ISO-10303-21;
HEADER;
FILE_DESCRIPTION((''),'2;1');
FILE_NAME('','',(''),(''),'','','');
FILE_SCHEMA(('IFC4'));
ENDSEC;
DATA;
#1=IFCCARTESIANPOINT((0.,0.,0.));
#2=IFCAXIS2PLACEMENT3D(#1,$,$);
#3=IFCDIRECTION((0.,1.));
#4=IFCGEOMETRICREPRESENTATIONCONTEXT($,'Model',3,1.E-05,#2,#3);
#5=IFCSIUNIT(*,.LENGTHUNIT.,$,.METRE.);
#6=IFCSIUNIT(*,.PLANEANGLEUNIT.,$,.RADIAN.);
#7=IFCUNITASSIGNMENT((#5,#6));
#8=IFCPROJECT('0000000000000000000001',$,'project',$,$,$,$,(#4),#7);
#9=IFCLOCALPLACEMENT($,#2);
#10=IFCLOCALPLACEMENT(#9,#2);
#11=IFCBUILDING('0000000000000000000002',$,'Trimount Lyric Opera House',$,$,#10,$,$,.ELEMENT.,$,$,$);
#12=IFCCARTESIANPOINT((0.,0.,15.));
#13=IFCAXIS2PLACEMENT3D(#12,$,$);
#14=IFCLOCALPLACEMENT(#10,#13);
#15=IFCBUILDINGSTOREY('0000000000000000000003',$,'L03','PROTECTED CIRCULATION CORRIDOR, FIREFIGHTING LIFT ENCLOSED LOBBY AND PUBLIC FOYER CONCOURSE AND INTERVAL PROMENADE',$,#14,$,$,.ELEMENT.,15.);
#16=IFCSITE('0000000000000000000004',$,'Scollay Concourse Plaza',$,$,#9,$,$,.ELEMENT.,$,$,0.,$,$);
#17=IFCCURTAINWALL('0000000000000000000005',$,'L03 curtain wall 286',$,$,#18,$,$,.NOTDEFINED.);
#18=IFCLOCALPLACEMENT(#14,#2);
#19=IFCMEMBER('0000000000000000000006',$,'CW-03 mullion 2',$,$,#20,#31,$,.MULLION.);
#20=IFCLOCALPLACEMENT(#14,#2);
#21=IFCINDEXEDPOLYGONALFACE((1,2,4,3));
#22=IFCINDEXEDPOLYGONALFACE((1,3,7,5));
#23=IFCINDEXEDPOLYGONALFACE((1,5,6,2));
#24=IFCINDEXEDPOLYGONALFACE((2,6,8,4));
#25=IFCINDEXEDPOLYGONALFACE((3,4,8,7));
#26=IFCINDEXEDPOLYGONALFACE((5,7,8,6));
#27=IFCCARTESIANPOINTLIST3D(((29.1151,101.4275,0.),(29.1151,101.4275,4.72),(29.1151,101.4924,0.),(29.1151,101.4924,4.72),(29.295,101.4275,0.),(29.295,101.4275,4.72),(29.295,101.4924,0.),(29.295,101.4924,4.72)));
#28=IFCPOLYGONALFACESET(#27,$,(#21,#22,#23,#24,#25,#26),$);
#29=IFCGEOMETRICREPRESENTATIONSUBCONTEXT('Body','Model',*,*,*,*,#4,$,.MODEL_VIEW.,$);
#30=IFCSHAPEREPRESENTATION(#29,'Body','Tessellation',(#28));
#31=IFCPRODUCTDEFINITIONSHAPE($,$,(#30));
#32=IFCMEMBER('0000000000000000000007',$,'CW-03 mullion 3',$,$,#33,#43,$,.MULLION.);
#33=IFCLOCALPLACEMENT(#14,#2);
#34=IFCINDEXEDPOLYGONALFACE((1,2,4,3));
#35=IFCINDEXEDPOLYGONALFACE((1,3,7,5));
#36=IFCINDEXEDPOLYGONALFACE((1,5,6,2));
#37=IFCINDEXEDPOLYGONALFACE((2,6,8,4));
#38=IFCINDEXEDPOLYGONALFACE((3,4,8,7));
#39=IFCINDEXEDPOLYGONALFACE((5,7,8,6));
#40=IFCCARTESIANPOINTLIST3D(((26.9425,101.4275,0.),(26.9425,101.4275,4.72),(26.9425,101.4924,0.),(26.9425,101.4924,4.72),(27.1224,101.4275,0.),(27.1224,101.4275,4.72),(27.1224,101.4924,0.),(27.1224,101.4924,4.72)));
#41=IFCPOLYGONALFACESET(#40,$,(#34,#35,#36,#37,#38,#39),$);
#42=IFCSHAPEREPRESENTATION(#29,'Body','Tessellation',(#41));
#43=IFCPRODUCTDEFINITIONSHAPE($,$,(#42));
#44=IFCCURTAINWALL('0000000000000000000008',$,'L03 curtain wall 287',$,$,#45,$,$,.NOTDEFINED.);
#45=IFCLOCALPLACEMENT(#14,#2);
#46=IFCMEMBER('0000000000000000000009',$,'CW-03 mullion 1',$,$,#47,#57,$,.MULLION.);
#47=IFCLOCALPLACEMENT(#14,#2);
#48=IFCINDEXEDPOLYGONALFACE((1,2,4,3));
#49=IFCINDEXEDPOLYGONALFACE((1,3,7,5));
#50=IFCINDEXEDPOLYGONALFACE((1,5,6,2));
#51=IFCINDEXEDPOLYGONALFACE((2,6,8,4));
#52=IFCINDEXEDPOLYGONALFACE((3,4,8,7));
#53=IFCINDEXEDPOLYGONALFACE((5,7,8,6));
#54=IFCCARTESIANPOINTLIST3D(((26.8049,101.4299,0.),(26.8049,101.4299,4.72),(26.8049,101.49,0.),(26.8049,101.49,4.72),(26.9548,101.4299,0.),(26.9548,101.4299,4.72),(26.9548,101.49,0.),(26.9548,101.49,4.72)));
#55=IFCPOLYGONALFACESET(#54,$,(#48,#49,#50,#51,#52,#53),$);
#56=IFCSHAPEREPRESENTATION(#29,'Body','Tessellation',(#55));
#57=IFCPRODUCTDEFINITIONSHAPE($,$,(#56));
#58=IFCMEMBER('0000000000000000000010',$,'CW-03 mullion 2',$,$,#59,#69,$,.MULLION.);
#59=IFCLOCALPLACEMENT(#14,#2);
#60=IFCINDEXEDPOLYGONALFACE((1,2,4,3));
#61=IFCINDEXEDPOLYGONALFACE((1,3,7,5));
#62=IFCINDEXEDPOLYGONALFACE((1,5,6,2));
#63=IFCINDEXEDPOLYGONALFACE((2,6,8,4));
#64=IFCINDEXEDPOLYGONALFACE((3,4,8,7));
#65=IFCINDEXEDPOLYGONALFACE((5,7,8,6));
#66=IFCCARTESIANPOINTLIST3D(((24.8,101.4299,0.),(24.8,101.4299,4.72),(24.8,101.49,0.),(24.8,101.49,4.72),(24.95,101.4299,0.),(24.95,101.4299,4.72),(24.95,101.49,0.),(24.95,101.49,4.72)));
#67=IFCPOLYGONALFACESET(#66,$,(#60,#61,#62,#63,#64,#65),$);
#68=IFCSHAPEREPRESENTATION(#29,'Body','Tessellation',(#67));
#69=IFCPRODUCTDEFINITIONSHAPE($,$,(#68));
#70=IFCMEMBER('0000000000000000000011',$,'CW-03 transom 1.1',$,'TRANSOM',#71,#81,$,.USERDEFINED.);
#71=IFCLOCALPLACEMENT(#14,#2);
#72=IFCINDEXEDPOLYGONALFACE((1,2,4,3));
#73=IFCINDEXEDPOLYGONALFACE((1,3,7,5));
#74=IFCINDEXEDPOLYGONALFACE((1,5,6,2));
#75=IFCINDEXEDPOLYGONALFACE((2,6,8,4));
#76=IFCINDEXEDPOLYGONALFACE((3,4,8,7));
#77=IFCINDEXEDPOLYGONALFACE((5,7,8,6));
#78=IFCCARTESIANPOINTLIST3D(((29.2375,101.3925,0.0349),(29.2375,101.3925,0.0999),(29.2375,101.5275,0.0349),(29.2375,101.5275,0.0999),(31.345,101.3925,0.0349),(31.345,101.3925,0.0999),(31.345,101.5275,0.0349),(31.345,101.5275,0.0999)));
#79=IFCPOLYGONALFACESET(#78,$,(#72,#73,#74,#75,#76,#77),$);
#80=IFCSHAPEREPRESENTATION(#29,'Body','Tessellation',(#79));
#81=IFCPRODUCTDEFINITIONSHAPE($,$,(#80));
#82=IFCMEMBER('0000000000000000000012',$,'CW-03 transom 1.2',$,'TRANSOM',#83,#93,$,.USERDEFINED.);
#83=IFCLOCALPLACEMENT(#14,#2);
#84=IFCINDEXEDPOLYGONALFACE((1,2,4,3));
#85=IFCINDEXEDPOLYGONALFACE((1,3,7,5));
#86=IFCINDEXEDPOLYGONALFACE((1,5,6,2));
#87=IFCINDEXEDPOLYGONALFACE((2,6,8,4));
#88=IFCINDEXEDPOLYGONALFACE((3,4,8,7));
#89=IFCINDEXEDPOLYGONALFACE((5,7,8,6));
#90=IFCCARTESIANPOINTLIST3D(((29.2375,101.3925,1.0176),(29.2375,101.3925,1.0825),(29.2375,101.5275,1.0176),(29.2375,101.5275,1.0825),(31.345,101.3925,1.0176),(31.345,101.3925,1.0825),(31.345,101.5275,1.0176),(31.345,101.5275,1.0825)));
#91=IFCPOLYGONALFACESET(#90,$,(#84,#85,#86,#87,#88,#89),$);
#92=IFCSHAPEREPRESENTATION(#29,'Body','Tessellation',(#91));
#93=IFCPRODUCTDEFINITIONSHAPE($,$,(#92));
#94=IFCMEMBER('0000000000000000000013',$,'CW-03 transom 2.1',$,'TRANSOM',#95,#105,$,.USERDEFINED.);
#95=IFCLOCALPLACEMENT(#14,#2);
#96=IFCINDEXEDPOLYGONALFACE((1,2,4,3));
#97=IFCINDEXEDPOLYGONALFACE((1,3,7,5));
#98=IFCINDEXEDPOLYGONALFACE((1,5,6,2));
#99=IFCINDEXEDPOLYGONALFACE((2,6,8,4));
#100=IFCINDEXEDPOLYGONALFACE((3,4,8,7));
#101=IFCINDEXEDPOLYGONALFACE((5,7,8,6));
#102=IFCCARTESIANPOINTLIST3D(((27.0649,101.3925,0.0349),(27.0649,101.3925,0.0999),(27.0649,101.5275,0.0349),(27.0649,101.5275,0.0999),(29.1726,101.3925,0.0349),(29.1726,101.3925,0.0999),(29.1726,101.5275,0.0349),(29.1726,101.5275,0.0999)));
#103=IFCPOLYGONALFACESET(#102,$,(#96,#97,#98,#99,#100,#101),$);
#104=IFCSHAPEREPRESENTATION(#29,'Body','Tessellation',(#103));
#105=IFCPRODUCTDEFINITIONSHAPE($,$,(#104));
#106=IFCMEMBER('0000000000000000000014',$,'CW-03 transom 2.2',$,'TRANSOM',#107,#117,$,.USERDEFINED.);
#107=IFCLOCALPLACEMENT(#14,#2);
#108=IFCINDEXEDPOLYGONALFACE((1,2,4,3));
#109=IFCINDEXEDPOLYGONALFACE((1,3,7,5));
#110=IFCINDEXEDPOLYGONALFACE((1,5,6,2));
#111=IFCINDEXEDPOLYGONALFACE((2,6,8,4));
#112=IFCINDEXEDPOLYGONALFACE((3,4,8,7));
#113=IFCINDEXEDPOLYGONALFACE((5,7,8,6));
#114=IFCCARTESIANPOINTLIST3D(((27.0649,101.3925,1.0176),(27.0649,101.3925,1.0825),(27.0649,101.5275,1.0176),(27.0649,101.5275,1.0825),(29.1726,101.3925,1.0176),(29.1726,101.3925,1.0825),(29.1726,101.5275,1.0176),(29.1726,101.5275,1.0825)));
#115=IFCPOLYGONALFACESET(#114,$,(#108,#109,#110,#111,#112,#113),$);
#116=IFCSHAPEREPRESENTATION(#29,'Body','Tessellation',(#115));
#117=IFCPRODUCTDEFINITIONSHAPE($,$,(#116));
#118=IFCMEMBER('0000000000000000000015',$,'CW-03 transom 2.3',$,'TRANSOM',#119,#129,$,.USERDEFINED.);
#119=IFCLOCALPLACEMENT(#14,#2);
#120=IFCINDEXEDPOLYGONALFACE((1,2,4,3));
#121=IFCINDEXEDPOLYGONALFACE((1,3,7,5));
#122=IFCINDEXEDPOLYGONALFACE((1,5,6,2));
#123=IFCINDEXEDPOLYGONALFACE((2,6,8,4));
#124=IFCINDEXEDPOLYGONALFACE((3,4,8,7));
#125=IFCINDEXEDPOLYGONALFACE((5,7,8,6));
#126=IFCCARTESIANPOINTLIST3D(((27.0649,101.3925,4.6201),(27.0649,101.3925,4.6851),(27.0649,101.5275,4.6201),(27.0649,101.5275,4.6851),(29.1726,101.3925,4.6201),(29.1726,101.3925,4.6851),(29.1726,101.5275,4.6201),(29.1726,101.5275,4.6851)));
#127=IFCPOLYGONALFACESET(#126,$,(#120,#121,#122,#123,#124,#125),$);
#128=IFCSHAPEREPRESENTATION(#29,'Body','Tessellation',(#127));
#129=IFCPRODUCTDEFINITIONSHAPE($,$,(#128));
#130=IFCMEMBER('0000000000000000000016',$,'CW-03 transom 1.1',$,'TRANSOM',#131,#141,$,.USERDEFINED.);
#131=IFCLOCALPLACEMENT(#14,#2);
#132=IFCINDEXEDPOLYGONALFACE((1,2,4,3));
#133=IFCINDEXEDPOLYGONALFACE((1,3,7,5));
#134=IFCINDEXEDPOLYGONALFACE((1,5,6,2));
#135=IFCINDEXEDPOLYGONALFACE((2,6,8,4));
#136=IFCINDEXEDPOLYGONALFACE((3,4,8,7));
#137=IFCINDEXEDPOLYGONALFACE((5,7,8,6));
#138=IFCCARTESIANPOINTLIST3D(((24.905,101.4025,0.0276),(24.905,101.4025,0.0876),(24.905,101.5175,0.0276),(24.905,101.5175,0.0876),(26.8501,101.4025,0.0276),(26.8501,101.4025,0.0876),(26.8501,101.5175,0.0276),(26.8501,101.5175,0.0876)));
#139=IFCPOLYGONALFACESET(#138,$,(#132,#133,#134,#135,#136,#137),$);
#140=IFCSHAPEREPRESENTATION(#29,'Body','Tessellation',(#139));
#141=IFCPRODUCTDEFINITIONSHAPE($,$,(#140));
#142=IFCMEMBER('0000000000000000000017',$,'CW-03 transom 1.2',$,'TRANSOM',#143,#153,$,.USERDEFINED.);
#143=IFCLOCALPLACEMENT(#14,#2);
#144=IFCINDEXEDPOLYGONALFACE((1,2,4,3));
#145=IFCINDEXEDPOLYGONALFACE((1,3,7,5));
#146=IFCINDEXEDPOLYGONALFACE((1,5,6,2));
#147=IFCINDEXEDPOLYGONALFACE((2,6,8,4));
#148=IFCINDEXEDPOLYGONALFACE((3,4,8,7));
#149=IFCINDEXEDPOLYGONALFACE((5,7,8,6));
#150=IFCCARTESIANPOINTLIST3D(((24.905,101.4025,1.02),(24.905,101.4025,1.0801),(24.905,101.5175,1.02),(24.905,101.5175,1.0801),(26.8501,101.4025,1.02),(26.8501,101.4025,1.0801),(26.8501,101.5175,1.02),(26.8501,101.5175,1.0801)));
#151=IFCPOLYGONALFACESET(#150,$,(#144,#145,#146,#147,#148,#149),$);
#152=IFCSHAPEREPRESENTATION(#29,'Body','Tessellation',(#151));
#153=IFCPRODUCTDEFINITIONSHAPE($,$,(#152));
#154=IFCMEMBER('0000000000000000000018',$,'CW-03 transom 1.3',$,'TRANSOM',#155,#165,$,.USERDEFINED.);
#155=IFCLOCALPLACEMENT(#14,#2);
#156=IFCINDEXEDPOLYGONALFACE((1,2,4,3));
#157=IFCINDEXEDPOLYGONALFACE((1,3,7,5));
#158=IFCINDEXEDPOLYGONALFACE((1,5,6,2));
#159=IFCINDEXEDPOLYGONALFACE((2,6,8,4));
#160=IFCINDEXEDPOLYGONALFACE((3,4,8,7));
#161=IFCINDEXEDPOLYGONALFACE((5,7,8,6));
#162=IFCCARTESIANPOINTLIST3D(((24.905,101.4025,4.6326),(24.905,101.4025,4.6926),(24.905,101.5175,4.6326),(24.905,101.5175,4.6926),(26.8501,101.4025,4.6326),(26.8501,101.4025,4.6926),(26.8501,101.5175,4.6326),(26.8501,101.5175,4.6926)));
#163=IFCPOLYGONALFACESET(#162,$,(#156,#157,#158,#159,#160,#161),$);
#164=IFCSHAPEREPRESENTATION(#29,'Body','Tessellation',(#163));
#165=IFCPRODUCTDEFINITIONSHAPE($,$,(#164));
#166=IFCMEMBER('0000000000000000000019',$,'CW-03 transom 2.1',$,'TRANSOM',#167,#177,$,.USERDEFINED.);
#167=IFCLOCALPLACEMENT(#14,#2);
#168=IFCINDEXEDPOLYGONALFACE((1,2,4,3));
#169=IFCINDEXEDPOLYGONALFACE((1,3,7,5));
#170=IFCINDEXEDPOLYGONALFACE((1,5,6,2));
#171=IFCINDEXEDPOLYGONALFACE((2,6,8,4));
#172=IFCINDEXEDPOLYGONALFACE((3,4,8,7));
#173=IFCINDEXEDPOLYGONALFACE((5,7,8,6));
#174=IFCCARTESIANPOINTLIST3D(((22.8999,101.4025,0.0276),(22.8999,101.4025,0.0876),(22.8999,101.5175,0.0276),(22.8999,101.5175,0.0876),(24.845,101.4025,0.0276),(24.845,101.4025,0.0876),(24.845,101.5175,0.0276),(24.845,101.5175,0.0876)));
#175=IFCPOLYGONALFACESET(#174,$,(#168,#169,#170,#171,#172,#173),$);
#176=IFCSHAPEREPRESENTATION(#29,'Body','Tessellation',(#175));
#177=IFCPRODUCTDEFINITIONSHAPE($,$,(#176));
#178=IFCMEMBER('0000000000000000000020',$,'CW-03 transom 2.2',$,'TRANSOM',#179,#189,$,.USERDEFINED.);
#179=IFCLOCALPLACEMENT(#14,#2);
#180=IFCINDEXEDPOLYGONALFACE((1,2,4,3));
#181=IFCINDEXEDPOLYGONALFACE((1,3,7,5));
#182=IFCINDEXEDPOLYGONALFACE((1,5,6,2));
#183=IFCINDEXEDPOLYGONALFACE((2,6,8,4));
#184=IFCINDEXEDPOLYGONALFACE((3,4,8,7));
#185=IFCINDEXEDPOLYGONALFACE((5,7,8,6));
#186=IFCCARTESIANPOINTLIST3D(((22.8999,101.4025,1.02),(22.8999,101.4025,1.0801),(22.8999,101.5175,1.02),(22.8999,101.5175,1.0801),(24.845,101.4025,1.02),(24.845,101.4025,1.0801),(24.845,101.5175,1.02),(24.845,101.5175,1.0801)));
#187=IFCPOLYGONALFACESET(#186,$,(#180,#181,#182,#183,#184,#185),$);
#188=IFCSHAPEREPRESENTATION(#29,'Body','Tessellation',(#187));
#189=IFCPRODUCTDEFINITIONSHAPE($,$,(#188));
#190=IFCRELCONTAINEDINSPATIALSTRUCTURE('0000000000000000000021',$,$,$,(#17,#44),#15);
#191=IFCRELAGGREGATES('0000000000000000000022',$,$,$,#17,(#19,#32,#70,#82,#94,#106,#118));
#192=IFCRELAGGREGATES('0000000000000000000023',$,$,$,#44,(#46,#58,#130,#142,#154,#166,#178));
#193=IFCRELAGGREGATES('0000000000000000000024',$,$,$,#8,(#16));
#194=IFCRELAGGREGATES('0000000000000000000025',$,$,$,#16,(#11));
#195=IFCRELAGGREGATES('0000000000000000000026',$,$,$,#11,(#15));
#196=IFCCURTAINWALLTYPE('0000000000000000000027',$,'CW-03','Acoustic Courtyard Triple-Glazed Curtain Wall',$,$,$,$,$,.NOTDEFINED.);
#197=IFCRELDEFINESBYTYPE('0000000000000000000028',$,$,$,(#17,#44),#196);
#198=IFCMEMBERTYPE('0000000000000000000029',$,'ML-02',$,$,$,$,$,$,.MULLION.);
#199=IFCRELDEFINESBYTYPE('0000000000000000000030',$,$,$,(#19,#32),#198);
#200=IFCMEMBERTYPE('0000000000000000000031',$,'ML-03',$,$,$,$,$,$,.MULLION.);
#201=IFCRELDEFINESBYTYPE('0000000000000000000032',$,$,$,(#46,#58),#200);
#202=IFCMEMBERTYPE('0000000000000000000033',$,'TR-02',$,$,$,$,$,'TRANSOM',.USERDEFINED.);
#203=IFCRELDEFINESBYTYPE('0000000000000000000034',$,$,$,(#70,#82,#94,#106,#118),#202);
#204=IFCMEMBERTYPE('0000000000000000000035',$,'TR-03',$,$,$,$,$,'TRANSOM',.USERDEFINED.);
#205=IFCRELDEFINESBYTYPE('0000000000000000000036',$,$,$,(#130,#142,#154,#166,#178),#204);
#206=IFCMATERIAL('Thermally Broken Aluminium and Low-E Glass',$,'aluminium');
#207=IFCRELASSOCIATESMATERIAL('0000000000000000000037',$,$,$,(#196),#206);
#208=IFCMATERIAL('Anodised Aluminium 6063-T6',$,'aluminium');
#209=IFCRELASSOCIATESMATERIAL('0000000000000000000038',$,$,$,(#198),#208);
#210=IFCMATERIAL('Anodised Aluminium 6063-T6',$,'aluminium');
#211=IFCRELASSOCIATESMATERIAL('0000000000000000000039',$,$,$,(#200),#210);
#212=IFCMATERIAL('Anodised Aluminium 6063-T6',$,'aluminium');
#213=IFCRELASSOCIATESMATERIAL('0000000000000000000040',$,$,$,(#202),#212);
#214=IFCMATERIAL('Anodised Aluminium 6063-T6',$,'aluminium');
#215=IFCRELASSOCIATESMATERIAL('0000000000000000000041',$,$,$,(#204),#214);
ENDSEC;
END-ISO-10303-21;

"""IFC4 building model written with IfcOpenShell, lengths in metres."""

from ifc_helpers import new_model, si_unit, direction, frame, origin, origin_2d, place, context, subcontext, project, spatial, rectangle, extrude, material, material_profile, profile_set, type_object, element, aggregate, save


model = new_model("IFC4")

# Units and contexts
model_context = context("Model", 3, precision=1e-05, world=origin(), true_north=direction((0.0, 1.0)))
body_context = subcontext(model_context, "Body", "Model", "MODEL_VIEW")
ifc_project = project(units=[si_unit("LENGTHUNIT", "METRE"), si_unit("PLANEANGLEUNIT", "RADIAN")], contexts=[model_context])

# Site, building, storey
site_placement = place(None, origin())
site = spatial("IfcSite", under=ifc_project, at=site_placement, Name="Scollay Concourse Plaza", CompositionType="ELEMENT", RefElevation=0.0)
building_placement = place(site_placement, origin())
building = spatial("IfcBuilding", under=site, at=building_placement, Name="Trimount Lyric Opera House", CompositionType="ELEMENT")
storey_placement = place(building_placement, frame((0.0, 0.0, 15.0)))
storey = spatial("IfcBuildingStorey", under=building, at=storey_placement, Name="L03", Description="PROTECTED CIRCULATION CORRIDOR, FIREFIGHTING LIFT ENCLOSED LOBBY AND PUBLIC FOYER CONCOURSE AND INTERVAL PROMENADE", CompositionType="ELEMENT", Elevation=15.0)

# Curtain walls, members
ifc_material_1 = material(Name="Thermally Broken Aluminium and Low-E Glass", Category="aluminium")
curtain_wall_type = type_object("IfcCurtainWallType", Name="CW-03", Description="Acoustic Courtyard Triple-Glazed Curtain Wall", PredefinedType="NOTDEFINED", material=ifc_material_1)
curtain_wall_1_placement = place(storey_placement, origin())
curtain_wall_1 = element("IfcCurtainWall", 1, at=curtain_wall_1_placement, inside=storey, type_object=curtain_wall_type, Name="L03 curtain wall 286", PredefinedType="NOTDEFINED")
ifc_material_2 = material(Name="Anodised Aluminium 6063-T6", Category="aluminium")
ifc_material_profile_1 = material_profile(ifc_material_2, rectangle(XDim=0.0649, YDim=0.1799, at=origin_2d()), Name="ALU-MULL-65X180")
ifc_profile_set_1 = profile_set([ifc_material_profile_1], Name="Anodised Aluminium 6063-T6")
member_type_1 = type_object("IfcMemberType", Name="ML-02", PredefinedType="MULLION", material=ifc_profile_set_1)
member_1_placement = place(storey_placement, frame((29.2051, 101.46, 0.0), z_axis=(0.0, 0.0, 1.0), x_axis=(0.0, -1.0, 0.0)))
member_1 = element("IfcMember", 2, at=member_1_placement, type_object=member_type_1, Name="CW-03 mullion 2", PredefinedType="MULLION", context=body_context, shape_type="SweptSolid", body=[
    extrude(rectangle(XDim=0.0649, YDim=0.1799, at=origin_2d()), origin(), (0.0, 0.0, 1.0), 4.72),
])
member_2_placement = place(storey_placement, frame((27.0325, 101.46, 0.0), z_axis=(0.0, 0.0, 1.0), x_axis=(0.0, -1.0, 0.0)))
member_2 = element("IfcMember", 3, at=member_2_placement, type_object=member_type_1, Name="CW-03 mullion 3", PredefinedType="MULLION", context=body_context, shape_type="SweptSolid", body=[
    extrude(rectangle(XDim=0.0649, YDim=0.1799, at=origin_2d()), origin(), (0.0, 0.0, 1.0), 4.72),
])
curtain_wall_2_placement = place(storey_placement, origin())
curtain_wall_2 = element("IfcCurtainWall", 4, at=curtain_wall_2_placement, inside=storey, type_object=curtain_wall_type, Name="L03 curtain wall 287", PredefinedType="NOTDEFINED")
ifc_material_3 = material(Name="Anodised Aluminium 6063-T6", Category="aluminium")
ifc_material_profile_2 = material_profile(ifc_material_3, rectangle(XDim=0.0601, YDim=0.1499, at=origin_2d()), Name="ALU-MULL-60X150")
ifc_profile_set_2 = profile_set([ifc_material_profile_2], Name="Anodised Aluminium 6063-T6")
member_type_2 = type_object("IfcMemberType", Name="ML-03", PredefinedType="MULLION", material=ifc_profile_set_2)
member_3_placement = place(storey_placement, frame((26.8799, 101.46, 0.0), z_axis=(0.0, 0.0, 1.0), x_axis=(0.0, -1.0, 0.0)))
member_3 = element("IfcMember", 5, at=member_3_placement, type_object=member_type_2, Name="CW-03 mullion 1", PredefinedType="MULLION", context=body_context, shape_type="SweptSolid", body=[
    extrude(rectangle(XDim=0.0601, YDim=0.1499, at=origin_2d()), origin(), (0.0, 0.0, 1.0), 4.72),
])
member_4_placement = place(storey_placement, frame((24.875, 101.46, 0.0), z_axis=(0.0, 0.0, 1.0), x_axis=(0.0, -1.0, 0.0)))
member_4 = element("IfcMember", 6, at=member_4_placement, type_object=member_type_2, Name="CW-03 mullion 2", PredefinedType="MULLION", context=body_context, shape_type="SweptSolid", body=[
    extrude(rectangle(XDim=0.0601, YDim=0.1499, at=origin_2d()), origin(), (0.0, 0.0, 1.0), 4.72),
])

# Members
ifc_material_4 = material(Name="Anodised Aluminium 6063-T6", Category="aluminium")
ifc_material_profile_3 = material_profile(ifc_material_4, rectangle(XDim=0.135, YDim=0.0649, at=origin_2d()), Name="ALU-TRAN-65X135")
ifc_profile_set_3 = profile_set([ifc_material_profile_3], Name="Anodised Aluminium 6063-T6")
member_type_3 = type_object("IfcMemberType", Name="TR-02", ElementType="TRANSOM", PredefinedType="USERDEFINED", material=ifc_profile_set_3)
member_5_placement = place(storey_placement, frame((31.345, 101.46, 0.0674), z_axis=(-1.0, 0.0, 0.0), x_axis=(0.0, -1.0, 0.0)))
member_5 = element("IfcMember", 7, at=member_5_placement, type_object=member_type_3, Name="CW-03 transom 1.1", ObjectType="TRANSOM", PredefinedType="USERDEFINED", context=body_context, shape_type="SweptSolid", body=[
    extrude(rectangle(XDim=0.135, YDim=0.0649, at=origin_2d()), origin(), (0.0, 0.0, 1.0), 2.1074),
])
member_6_placement = place(storey_placement, frame((31.345, 101.46, 1.05), z_axis=(-1.0, 0.0, 0.0), x_axis=(0.0, -1.0, 0.0)))
member_6 = element("IfcMember", 8, at=member_6_placement, type_object=member_type_3, Name="CW-03 transom 1.2", ObjectType="TRANSOM", PredefinedType="USERDEFINED", context=body_context, shape_type="SweptSolid", body=[
    extrude(rectangle(XDim=0.135, YDim=0.0649, at=origin_2d()), origin(), (0.0, 0.0, 1.0), 2.1074),
])
member_7_placement = place(storey_placement, frame((29.1726, 101.46, 0.0674), z_axis=(-1.0, 0.0, 0.0), x_axis=(0.0, -1.0, 0.0)))
member_7 = element("IfcMember", 9, at=member_7_placement, type_object=member_type_3, Name="CW-03 transom 2.1", ObjectType="TRANSOM", PredefinedType="USERDEFINED", context=body_context, shape_type="SweptSolid", body=[
    extrude(rectangle(XDim=0.135, YDim=0.0649, at=origin_2d()), origin(), (0.0, 0.0, 1.0), 2.1077),
])
member_8_placement = place(storey_placement, frame((29.1726, 101.46, 1.05), z_axis=(-1.0, 0.0, 0.0), x_axis=(0.0, -1.0, 0.0)))
member_8 = element("IfcMember", 10, at=member_8_placement, type_object=member_type_3, Name="CW-03 transom 2.2", ObjectType="TRANSOM", PredefinedType="USERDEFINED", context=body_context, shape_type="SweptSolid", body=[
    extrude(rectangle(XDim=0.135, YDim=0.0649, at=origin_2d()), origin(), (0.0, 0.0, 1.0), 2.1077),
])
member_9_placement = place(storey_placement, frame((29.1726, 101.46, 4.6526), z_axis=(-1.0, 0.0, 0.0), x_axis=(0.0, -1.0, 0.0)))
member_9 = element("IfcMember", 11, at=member_9_placement, type_object=member_type_3, Name="CW-03 transom 2.3", ObjectType="TRANSOM", PredefinedType="USERDEFINED", context=body_context, shape_type="SweptSolid", body=[
    extrude(rectangle(XDim=0.135, YDim=0.0649, at=origin_2d()), origin(), (0.0, 0.0, 1.0), 2.1077),
])
ifc_material_5 = material(Name="Anodised Aluminium 6063-T6", Category="aluminium")
ifc_material_profile_4 = material_profile(ifc_material_5, rectangle(XDim=0.115, YDim=0.0601, at=origin_2d()), Name="ALU-TRAN-60X115")
ifc_profile_set_4 = profile_set([ifc_material_profile_4], Name="Anodised Aluminium 6063-T6")
member_type_4 = type_object("IfcMemberType", Name="TR-03", ElementType="TRANSOM", PredefinedType="USERDEFINED", material=ifc_profile_set_4)
member_10_placement = place(storey_placement, frame((26.8501, 101.46, 0.0576), z_axis=(-1.0, 0.0, 0.0), x_axis=(0.0, -1.0, 0.0)))
member_10 = element("IfcMember", 12, at=member_10_placement, type_object=member_type_4, Name="CW-03 transom 1.1", ObjectType="TRANSOM", PredefinedType="USERDEFINED", context=body_context, shape_type="SweptSolid", body=[
    extrude(rectangle(XDim=0.115, YDim=0.0601, at=origin_2d()), origin(), (0.0, 0.0, 1.0), 1.9451),
])
member_11_placement = place(storey_placement, frame((26.8501, 101.46, 1.05), z_axis=(-1.0, 0.0, 0.0), x_axis=(0.0, -1.0, 0.0)))
member_11 = element("IfcMember", 13, at=member_11_placement, type_object=member_type_4, Name="CW-03 transom 1.2", ObjectType="TRANSOM", PredefinedType="USERDEFINED", context=body_context, shape_type="SweptSolid", body=[
    extrude(rectangle(XDim=0.115, YDim=0.0601, at=origin_2d()), origin(), (0.0, 0.0, 1.0), 1.9451),
])
member_12_placement = place(storey_placement, frame((26.8501, 101.46, 4.6626), z_axis=(-1.0, 0.0, 0.0), x_axis=(0.0, -1.0, 0.0)))
member_12 = element("IfcMember", 14, at=member_12_placement, type_object=member_type_4, Name="CW-03 transom 1.3", ObjectType="TRANSOM", PredefinedType="USERDEFINED", context=body_context, shape_type="SweptSolid", body=[
    extrude(rectangle(XDim=0.115, YDim=0.0601, at=origin_2d()), origin(), (0.0, 0.0, 1.0), 1.9451),
])
member_13_placement = place(storey_placement, frame((24.845, 101.46, 0.0576), z_axis=(-1.0, 0.0, 0.0), x_axis=(0.0, -1.0, 0.0)))
member_13 = element("IfcMember", 15, at=member_13_placement, type_object=member_type_4, Name="CW-03 transom 2.1", ObjectType="TRANSOM", PredefinedType="USERDEFINED", context=body_context, shape_type="SweptSolid", body=[
    extrude(rectangle(XDim=0.115, YDim=0.0601, at=origin_2d()), origin(), (0.0, 0.0, 1.0), 1.9451),
])
member_14_placement = place(storey_placement, frame((24.845, 101.46, 1.05), z_axis=(-1.0, 0.0, 0.0), x_axis=(0.0, -1.0, 0.0)))
member_14 = element("IfcMember", 16, at=member_14_placement, type_object=member_type_4, Name="CW-03 transom 2.2", ObjectType="TRANSOM", PredefinedType="USERDEFINED", context=body_context, shape_type="SweptSolid", body=[
    extrude(rectangle(XDim=0.115, YDim=0.0601, at=origin_2d()), origin(), (0.0, 0.0, 1.0), 1.9451),
])

aggregate(curtain_wall_1, [member_1, member_2, member_5, member_6, member_7, member_8, member_9])
aggregate(curtain_wall_2, [member_3, member_4, member_10, member_11, member_12, member_13, member_14])

save(model, "model.ifc")
